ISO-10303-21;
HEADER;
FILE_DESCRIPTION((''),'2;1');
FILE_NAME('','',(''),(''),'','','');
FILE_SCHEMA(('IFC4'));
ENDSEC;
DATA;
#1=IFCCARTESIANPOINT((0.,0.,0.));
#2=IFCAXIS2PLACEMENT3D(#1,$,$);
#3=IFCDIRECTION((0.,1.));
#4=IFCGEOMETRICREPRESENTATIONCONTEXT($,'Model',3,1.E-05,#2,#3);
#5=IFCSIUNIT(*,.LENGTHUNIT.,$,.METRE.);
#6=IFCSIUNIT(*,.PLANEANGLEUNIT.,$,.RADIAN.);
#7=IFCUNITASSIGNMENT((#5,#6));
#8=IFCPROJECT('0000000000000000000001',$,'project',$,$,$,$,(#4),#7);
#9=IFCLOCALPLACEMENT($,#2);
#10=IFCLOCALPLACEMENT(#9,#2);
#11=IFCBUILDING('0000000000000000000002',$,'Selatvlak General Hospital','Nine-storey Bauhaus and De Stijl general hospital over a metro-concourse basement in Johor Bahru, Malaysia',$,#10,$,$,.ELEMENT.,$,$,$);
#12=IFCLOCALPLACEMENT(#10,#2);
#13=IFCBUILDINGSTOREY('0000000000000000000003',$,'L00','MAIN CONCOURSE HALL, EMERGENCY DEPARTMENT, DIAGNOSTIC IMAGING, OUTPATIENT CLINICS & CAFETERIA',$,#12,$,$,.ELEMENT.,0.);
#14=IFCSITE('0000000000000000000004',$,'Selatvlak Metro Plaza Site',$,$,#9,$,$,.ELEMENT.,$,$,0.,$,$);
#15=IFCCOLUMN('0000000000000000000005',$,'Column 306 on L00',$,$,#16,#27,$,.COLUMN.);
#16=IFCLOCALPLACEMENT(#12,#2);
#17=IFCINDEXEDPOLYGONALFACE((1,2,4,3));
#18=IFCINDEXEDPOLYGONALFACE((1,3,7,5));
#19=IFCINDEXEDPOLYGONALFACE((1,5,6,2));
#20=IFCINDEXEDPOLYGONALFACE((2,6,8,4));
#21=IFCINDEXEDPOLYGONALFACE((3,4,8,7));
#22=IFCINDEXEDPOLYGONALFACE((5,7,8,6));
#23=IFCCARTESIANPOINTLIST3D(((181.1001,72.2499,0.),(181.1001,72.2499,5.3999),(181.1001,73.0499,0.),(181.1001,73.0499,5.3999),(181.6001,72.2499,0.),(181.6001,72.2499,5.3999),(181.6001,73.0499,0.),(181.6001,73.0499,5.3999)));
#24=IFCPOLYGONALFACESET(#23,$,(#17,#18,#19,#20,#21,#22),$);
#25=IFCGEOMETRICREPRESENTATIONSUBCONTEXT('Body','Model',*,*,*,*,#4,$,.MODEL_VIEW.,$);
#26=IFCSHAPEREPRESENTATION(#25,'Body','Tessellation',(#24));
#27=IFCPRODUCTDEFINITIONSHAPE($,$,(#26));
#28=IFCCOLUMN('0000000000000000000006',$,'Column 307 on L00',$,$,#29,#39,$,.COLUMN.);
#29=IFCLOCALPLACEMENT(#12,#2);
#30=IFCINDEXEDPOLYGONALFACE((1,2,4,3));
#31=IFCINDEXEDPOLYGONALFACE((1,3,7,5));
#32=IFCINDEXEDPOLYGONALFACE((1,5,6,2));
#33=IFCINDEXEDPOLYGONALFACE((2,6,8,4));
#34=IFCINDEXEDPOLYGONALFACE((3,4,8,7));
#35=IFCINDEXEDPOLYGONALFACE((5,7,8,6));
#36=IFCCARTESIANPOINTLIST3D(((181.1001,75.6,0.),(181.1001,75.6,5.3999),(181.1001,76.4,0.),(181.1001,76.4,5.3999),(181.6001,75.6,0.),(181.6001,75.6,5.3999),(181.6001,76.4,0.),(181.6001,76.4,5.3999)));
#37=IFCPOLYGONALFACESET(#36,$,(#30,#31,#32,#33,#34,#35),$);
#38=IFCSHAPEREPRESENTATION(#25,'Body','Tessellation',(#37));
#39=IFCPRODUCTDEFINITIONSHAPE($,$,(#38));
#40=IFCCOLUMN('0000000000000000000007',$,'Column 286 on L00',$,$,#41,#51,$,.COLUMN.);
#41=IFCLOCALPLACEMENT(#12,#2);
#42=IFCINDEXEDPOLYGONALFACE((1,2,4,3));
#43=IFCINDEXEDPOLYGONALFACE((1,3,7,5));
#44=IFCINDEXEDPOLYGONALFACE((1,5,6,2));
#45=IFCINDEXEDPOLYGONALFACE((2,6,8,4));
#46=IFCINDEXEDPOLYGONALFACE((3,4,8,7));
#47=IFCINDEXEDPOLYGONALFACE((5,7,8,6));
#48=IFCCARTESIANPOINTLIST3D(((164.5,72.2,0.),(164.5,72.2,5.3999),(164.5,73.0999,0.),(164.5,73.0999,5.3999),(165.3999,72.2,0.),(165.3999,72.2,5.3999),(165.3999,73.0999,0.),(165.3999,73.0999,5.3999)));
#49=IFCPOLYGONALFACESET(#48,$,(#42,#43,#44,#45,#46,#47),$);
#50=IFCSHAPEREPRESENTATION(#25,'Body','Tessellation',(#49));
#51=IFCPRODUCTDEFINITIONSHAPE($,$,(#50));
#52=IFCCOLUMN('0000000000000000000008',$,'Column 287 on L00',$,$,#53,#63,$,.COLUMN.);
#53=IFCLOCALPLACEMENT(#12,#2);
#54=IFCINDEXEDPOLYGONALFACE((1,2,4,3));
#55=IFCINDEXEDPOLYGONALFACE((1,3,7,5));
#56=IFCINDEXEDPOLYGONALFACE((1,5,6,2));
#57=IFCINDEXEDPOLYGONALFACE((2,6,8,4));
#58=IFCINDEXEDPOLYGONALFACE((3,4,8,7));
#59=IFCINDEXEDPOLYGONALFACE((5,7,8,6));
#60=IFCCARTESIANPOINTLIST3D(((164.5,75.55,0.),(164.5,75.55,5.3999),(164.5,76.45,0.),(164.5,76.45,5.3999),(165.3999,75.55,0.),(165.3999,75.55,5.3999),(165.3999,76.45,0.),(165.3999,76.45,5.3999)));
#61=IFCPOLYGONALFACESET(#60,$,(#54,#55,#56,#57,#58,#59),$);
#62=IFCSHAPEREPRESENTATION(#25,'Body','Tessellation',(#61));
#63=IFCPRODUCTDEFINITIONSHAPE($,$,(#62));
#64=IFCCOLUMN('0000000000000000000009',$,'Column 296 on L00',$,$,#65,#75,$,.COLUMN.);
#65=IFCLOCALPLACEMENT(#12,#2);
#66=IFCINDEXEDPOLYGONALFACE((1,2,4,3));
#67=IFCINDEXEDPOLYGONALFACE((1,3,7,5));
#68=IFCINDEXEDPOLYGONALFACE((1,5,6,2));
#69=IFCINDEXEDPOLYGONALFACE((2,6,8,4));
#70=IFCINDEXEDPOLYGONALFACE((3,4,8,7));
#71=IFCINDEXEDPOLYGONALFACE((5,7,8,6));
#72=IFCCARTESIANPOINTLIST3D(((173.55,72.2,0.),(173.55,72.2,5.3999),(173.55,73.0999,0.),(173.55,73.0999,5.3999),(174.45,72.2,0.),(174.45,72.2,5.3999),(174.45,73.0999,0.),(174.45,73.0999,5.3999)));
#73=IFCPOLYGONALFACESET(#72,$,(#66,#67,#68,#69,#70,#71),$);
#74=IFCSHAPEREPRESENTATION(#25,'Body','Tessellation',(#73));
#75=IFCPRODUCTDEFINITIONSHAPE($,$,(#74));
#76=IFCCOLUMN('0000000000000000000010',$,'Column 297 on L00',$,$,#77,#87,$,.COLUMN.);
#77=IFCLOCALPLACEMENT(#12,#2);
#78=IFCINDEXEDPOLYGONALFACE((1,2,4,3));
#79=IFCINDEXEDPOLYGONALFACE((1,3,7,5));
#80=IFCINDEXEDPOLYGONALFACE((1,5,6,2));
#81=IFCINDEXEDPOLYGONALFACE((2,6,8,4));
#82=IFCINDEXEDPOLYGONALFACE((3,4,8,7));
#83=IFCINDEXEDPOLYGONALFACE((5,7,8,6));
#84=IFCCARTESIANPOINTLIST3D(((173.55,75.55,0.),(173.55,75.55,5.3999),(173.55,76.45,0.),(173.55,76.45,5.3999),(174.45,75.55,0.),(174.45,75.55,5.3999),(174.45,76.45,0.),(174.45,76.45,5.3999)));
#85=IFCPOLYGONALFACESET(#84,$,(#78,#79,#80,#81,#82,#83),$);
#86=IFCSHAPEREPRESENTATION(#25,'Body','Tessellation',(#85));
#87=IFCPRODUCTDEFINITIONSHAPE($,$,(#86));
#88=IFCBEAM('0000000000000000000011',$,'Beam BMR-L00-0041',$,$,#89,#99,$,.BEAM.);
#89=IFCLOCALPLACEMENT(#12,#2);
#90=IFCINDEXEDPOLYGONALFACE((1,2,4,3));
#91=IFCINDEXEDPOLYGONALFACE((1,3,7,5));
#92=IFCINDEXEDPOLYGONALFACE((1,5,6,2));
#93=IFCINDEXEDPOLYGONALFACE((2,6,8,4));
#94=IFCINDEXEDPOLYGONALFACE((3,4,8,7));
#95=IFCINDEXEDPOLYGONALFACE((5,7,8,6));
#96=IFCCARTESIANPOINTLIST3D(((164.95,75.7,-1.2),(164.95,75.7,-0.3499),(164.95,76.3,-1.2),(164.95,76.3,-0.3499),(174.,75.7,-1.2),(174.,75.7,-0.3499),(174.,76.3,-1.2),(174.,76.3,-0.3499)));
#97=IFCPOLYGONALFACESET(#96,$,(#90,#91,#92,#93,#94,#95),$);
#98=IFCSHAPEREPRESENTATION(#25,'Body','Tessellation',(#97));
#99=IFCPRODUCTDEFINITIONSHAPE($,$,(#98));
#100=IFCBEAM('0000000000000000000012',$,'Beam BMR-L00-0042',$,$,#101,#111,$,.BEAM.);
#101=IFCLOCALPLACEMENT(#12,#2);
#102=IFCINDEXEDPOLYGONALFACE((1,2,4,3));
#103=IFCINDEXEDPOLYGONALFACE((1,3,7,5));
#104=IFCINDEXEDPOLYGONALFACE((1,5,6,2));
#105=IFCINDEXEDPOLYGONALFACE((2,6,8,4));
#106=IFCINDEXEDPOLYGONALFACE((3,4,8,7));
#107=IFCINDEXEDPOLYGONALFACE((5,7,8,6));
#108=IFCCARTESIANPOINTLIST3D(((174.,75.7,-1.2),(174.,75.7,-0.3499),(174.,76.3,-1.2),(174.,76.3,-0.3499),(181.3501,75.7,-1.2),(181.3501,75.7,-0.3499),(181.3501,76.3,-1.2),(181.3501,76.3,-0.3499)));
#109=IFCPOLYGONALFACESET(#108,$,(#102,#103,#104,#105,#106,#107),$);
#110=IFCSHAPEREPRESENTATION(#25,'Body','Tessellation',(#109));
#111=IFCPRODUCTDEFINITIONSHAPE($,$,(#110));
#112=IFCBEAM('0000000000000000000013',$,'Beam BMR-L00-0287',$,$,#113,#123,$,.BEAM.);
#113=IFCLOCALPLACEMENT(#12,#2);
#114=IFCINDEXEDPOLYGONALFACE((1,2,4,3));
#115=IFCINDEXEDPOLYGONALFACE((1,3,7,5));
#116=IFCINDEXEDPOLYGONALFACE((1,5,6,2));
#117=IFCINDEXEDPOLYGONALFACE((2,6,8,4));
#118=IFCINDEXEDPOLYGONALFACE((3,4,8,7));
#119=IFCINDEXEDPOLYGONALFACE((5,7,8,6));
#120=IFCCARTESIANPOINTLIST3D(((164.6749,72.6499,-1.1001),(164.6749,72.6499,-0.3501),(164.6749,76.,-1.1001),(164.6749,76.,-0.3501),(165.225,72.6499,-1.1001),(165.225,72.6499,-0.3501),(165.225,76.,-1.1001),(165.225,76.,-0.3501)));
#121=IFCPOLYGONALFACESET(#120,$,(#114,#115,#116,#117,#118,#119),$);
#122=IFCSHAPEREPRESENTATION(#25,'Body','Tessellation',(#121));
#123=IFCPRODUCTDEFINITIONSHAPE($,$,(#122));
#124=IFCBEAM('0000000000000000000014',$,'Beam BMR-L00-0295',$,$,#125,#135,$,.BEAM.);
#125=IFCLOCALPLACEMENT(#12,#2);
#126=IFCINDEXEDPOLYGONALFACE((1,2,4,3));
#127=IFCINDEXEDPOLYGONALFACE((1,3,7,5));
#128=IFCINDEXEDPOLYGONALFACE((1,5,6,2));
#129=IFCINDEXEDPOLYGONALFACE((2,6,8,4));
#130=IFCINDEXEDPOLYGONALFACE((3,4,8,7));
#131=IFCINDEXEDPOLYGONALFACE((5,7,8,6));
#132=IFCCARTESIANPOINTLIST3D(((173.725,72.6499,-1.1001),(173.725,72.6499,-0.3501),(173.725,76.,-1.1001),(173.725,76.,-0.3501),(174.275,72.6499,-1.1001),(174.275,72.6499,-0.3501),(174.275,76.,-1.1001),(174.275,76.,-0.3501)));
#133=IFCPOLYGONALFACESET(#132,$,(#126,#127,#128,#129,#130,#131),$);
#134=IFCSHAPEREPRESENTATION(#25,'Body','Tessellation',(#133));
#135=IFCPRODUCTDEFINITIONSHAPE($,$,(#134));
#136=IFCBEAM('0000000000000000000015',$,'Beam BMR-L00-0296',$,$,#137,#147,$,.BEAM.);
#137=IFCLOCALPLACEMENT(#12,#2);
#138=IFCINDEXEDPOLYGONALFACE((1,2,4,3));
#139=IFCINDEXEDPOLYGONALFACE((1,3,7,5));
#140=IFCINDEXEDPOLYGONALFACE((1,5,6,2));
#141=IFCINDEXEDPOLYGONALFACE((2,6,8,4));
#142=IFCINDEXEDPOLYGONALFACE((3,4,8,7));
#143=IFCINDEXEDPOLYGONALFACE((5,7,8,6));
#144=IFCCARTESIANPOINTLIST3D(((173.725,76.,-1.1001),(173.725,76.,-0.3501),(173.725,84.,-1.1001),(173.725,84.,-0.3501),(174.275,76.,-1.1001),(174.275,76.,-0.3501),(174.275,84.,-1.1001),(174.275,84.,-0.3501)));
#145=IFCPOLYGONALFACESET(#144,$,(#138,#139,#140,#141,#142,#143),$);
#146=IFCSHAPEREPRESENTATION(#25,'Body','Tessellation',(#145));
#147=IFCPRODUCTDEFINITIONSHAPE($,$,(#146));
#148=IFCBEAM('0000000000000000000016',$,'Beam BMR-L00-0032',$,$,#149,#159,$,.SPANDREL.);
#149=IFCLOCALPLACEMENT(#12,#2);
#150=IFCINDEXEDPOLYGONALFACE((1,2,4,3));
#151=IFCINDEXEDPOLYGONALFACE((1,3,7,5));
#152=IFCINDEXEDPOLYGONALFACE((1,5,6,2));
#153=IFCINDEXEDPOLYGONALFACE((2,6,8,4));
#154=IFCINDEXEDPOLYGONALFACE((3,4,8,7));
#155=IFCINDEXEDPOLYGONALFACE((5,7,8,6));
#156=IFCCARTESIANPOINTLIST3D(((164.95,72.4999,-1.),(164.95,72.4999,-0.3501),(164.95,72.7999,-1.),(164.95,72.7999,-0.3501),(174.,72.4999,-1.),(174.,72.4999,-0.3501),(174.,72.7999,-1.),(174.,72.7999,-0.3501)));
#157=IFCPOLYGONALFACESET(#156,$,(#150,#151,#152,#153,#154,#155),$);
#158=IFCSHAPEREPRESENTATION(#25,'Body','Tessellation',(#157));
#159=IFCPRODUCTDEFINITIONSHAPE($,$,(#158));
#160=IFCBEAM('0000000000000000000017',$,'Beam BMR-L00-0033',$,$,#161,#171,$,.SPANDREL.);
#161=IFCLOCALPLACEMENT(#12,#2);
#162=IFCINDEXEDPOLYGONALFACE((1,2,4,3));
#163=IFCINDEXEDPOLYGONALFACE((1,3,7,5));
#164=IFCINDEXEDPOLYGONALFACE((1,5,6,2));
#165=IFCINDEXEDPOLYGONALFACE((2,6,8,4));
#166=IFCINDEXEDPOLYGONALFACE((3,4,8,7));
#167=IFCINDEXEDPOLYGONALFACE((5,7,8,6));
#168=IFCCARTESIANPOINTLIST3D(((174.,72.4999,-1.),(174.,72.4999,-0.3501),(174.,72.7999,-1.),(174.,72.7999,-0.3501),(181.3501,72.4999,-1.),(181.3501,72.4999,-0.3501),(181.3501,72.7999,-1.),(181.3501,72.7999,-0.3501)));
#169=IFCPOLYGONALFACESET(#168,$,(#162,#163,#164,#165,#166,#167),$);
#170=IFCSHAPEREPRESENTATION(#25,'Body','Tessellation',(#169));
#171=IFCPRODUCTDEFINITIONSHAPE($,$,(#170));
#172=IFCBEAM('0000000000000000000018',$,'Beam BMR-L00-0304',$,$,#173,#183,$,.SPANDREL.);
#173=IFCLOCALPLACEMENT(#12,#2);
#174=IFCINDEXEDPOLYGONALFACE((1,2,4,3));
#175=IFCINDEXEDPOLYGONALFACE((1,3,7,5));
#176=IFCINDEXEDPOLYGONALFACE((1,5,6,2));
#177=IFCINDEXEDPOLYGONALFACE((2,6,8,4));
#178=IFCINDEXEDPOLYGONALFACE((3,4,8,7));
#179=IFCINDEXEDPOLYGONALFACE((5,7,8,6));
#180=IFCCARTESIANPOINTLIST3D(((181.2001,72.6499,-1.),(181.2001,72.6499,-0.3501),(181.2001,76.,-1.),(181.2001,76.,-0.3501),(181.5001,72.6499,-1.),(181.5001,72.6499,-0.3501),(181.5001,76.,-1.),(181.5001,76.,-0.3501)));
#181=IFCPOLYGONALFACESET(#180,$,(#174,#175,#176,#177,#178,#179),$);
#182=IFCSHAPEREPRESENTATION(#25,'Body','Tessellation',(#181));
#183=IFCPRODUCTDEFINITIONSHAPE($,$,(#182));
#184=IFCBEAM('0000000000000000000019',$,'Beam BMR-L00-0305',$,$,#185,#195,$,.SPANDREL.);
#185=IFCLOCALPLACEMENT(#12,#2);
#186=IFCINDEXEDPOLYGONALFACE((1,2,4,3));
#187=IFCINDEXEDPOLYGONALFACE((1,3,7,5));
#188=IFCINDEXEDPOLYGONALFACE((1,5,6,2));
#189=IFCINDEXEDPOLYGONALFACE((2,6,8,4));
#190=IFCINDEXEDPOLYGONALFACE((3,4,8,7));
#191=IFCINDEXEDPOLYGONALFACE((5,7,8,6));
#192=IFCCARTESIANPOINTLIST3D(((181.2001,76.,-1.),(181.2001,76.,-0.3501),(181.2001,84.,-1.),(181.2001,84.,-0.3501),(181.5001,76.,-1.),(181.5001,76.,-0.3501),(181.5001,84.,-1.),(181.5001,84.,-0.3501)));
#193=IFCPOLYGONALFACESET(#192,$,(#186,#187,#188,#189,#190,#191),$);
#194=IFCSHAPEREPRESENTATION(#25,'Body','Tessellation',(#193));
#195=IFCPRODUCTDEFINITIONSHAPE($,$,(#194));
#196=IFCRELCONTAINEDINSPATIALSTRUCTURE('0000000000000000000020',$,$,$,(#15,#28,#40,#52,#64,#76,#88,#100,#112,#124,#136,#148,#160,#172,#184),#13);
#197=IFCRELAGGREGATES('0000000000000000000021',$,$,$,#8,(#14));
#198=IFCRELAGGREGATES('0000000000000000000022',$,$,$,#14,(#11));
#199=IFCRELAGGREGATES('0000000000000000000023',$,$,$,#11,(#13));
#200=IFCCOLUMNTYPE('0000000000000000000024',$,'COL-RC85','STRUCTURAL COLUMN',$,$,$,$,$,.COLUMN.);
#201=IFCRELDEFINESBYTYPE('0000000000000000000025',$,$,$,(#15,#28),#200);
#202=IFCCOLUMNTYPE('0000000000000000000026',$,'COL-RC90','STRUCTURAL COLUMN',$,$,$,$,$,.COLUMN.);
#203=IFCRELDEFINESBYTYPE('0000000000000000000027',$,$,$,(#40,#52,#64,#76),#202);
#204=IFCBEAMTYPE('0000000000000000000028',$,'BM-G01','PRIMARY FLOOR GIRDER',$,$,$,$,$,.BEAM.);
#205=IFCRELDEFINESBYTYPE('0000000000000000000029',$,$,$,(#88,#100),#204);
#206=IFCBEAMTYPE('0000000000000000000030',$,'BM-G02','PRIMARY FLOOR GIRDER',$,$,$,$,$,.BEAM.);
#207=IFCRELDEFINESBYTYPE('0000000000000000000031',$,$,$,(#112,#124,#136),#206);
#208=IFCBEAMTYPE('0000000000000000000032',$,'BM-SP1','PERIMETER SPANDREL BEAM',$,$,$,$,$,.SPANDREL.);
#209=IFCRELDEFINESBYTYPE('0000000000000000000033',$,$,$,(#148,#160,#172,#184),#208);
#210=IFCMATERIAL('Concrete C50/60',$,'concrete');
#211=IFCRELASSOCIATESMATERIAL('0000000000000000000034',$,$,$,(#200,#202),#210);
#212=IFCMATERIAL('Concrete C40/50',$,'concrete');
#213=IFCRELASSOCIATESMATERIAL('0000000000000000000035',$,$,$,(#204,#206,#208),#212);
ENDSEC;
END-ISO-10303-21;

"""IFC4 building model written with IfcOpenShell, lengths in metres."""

from ifc_helpers import new_model, si_unit, direction, frame, origin, origin_2d, place, context, subcontext, project, spatial, rectangle, extrude, material, material_profile, profile_set, type_object, element, save


model = new_model("IFC4")

# Units and contexts
model_context = context("Model", 3, precision=1e-05, world=origin(), true_north=direction((0.0, 1.0)))
body_context = subcontext(model_context, "Body", "Model", "MODEL_VIEW")
ifc_project = project(units=[si_unit("LENGTHUNIT", "METRE"), si_unit("PLANEANGLEUNIT", "RADIAN")], contexts=[model_context])

# Site, building, storey
site_placement = place(None, origin())
site = spatial("IfcSite", under=ifc_project, at=site_placement, Name="Selatvlak Metro Plaza Site", CompositionType="ELEMENT", RefElevation=0.0)
building_placement = place(site_placement, origin())
building = spatial("IfcBuilding", under=site, at=building_placement, Name="Selatvlak General Hospital", Description="Nine-storey Bauhaus and De Stijl general hospital over a metro-concourse basement in Johor Bahru, Malaysia", CompositionType="ELEMENT")
storey_placement = place(building_placement, origin())
storey = spatial("IfcBuildingStorey", under=building, at=storey_placement, Name="L00", Description="MAIN CONCOURSE HALL, EMERGENCY DEPARTMENT, DIAGNOSTIC IMAGING, OUTPATIENT CLINICS & CAFETERIA", CompositionType="ELEMENT", Elevation=0.0)

# Columns
ifc_material_1 = material(Name="Concrete C50/60", Category="concrete")
ifc_material_profile_1 = material_profile(ifc_material_1, rectangle(XDim=0.5, YDim=0.8, at=origin_2d()), Name="RC-COL 800x500")
ifc_profile_set_1 = profile_set([ifc_material_profile_1], Name="Concrete C50/60")
column_type_1 = type_object("IfcColumnType", Name="COL-RC85", Description="STRUCTURAL COLUMN", PredefinedType="COLUMN", material=ifc_profile_set_1)
for number, where, z_axis, x_axis, name in (
    (1, (181.3501, 72.6499, 0.0), (0.0, 0.0, 1.0), (1.0, 0.0, 0.0), "Column 306 on L00"),
    (2, (181.3501, 76.0, 0.0), (0.0, 0.0, 1.0), (1.0, 0.0, 0.0), "Column 307 on L00"),
):
    element("IfcColumn", number, at=place(storey_placement, frame(where, z_axis=z_axis, x_axis=x_axis)), inside=storey, type_object=column_type_1, Name=name, PredefinedType="COLUMN", context=body_context, shape_type="SweptSolid", body=[
        extrude(rectangle(XDim=0.5, YDim=0.8, at=origin_2d()), origin(), (0.0, 0.0, 1.0), 5.3999),
    ])
ifc_material_profile_2 = material_profile(ifc_material_1, rectangle(XDim=0.8999, YDim=0.8999, at=origin_2d()), Name="RC-COL 900x900")
ifc_profile_set_2 = profile_set([ifc_material_profile_2], Name="Concrete C50/60")
column_type_2 = type_object("IfcColumnType", Name="COL-RC90", Description="STRUCTURAL COLUMN", PredefinedType="COLUMN", material=ifc_profile_set_2)
for number, where, z_axis, x_axis, name in (
    (3, (164.95, 72.6499, 0.0), (0.0, 0.0, 1.0), (1.0, 0.0, 0.0), "Column 286 on L00"),
    (4, (164.95, 76.0, 0.0), (0.0, 0.0, 1.0), (1.0, 0.0, 0.0), "Column 287 on L00"),
    (5, (174.0, 72.6499, 0.0), (0.0, 0.0, 1.0), (1.0, 0.0, 0.0), "Column 296 on L00"),
    (6, (174.0, 76.0, 0.0), (0.0, 0.0, 1.0), (1.0, 0.0, 0.0), "Column 297 on L00"),
):
    element("IfcColumn", number, at=place(storey_placement, frame(where, z_axis=z_axis, x_axis=x_axis)), inside=storey, type_object=column_type_2, Name=name, PredefinedType="COLUMN", context=body_context, shape_type="SweptSolid", body=[
        extrude(rectangle(XDim=0.8999, YDim=0.8999, at=origin_2d()), origin(), (0.0, 0.0, 1.0), 5.3999),
    ])

# Beams
ifc_material_2 = material(Name="Concrete C40/50", Category="concrete")
ifc_material_profile_3 = material_profile(ifc_material_2, rectangle(XDim=0.6001, YDim=0.8501, at=origin_2d()), Name="RC-BM 600x850")
ifc_profile_set_3 = profile_set([ifc_material_profile_3], Name="Concrete C40/50")
beam_type_1 = type_object("IfcBeamType", Name="BM-G01", Description="PRIMARY FLOOR GIRDER", PredefinedType="BEAM", material=ifc_profile_set_3)
beam_1_placement = place(storey_placement, frame((164.95, 76.0, -0.7749), z_axis=(1.0, 0.0, 0.0), x_axis=(0.0, 1.0, 0.0)))
element("IfcBeam", 7, at=beam_1_placement, inside=storey, type_object=beam_type_1, Name="Beam BMR-L00-0041", PredefinedType="BEAM", context=body_context, shape_type="SweptSolid", body=[
    extrude(rectangle(XDim=0.6001, YDim=0.8501, at=origin_2d()), origin(), (0.0, 0.0, 1.0), 9.05),
])
beam_2_placement = place(storey_placement, frame((174.0, 76.0, -0.7749), z_axis=(1.0, 0.0, 0.0), x_axis=(0.0, 1.0, 0.0)))
element("IfcBeam", 8, at=beam_2_placement, inside=storey, type_object=beam_type_1, Name="Beam BMR-L00-0042", PredefinedType="BEAM", context=body_context, shape_type="SweptSolid", body=[
    extrude(rectangle(XDim=0.6001, YDim=0.8501, at=origin_2d()), origin(), (0.0, 0.0, 1.0), 7.3501),
])
ifc_material_profile_4 = material_profile(ifc_material_2, rectangle(XDim=0.55, YDim=0.75, at=origin_2d()), Name="RC-BM 550x750")
ifc_profile_set_4 = profile_set([ifc_material_profile_4], Name="Concrete C40/50")
beam_type_2 = type_object("IfcBeamType", Name="BM-G02", Description="PRIMARY FLOOR GIRDER", PredefinedType="BEAM", material=ifc_profile_set_4)
for number, where, z_axis, x_axis, name in (
    (9, (164.95, 72.6499, -0.7251), (0.0, 1.0, 0.0), (-1.0, 0.0, 0.0), "Beam BMR-L00-0287"),
    (10, (174.0, 72.6499, -0.7251), (0.0, 1.0, 0.0), (-1.0, 0.0, 0.0), "Beam BMR-L00-0295"),
):
    element("IfcBeam", number, at=place(storey_placement, frame(where, z_axis=z_axis, x_axis=x_axis)), inside=storey, type_object=beam_type_2, Name=name, PredefinedType="BEAM", context=body_context, shape_type="SweptSolid", body=[
        extrude(rectangle(XDim=0.55, YDim=0.75, at=origin_2d()), origin(), (0.0, 0.0, 1.0), 3.3501),
    ])
beam_3_placement = place(storey_placement, frame((174.0, 76.0, -0.7251), z_axis=(0.0, 1.0, 0.0), x_axis=(-1.0, 0.0, 0.0)))
element("IfcBeam", 11, at=beam_3_placement, inside=storey, type_object=beam_type_2, Name="Beam BMR-L00-0296", PredefinedType="BEAM", context=body_context, shape_type="SweptSolid", body=[
    extrude(rectangle(XDim=0.55, YDim=0.75, at=origin_2d()), origin(), (0.0, 0.0, 1.0), 8.0),
])
ifc_material_profile_5 = material_profile(ifc_material_2, rectangle(XDim=0.3, YDim=0.6499, at=origin_2d()), Name="RC-SP 300x650")
ifc_profile_set_5 = profile_set([ifc_material_profile_5], Name="Concrete C40/50")
beam_type_3 = type_object("IfcBeamType", Name="BM-SP1", Description="PERIMETER SPANDREL BEAM", PredefinedType="SPANDREL", material=ifc_profile_set_5)
beam_4_placement = place(storey_placement, frame((164.95, 72.6499, -0.675), z_axis=(1.0, 0.0, 0.0), x_axis=(0.0, 1.0, 0.0)))
element("IfcBeam", 12, at=beam_4_placement, inside=storey, type_object=beam_type_3, Name="Beam BMR-L00-0032", PredefinedType="SPANDREL", context=body_context, shape_type="SweptSolid", body=[
    extrude(rectangle(XDim=0.3, YDim=0.6499, at=origin_2d()), origin(), (0.0, 0.0, 1.0), 9.05),
])
beam_5_placement = place(storey_placement, frame((174.0, 72.6499, -0.675), z_axis=(1.0, 0.0, 0.0), x_axis=(0.0, 1.0, 0.0)))
element("IfcBeam", 13, at=beam_5_placement, inside=storey, type_object=beam_type_3, Name="Beam BMR-L00-0033", PredefinedType="SPANDREL", context=body_context, shape_type="SweptSolid", body=[
    extrude(rectangle(XDim=0.3, YDim=0.6499, at=origin_2d()), origin(), (0.0, 0.0, 1.0), 7.3501),
])
beam_6_placement = place(storey_placement, frame((181.3501, 72.6499, -0.675), z_axis=(0.0, 1.0, 0.0), x_axis=(-1.0, 0.0, 0.0)))
element("IfcBeam", 14, at=beam_6_placement, inside=storey, type_object=beam_type_3, Name="Beam BMR-L00-0304", PredefinedType="SPANDREL", context=body_context, shape_type="SweptSolid", body=[
    extrude(rectangle(XDim=0.3, YDim=0.6499, at=origin_2d()), origin(), (0.0, 0.0, 1.0), 3.3501),
])
beam_7_placement = place(storey_placement, frame((181.3501, 76.0, -0.675), z_axis=(0.0, 1.0, 0.0), x_axis=(-1.0, 0.0, 0.0)))
element("IfcBeam", 15, at=beam_7_placement, inside=storey, type_object=beam_type_3, Name="Beam BMR-L00-0305", PredefinedType="SPANDREL", context=body_context, shape_type="SweptSolid", body=[
    extrude(rectangle(XDim=0.3, YDim=0.6499, at=origin_2d()), origin(), (0.0, 0.0, 1.0), 8.0),
])

save(model, "model.ifc")
